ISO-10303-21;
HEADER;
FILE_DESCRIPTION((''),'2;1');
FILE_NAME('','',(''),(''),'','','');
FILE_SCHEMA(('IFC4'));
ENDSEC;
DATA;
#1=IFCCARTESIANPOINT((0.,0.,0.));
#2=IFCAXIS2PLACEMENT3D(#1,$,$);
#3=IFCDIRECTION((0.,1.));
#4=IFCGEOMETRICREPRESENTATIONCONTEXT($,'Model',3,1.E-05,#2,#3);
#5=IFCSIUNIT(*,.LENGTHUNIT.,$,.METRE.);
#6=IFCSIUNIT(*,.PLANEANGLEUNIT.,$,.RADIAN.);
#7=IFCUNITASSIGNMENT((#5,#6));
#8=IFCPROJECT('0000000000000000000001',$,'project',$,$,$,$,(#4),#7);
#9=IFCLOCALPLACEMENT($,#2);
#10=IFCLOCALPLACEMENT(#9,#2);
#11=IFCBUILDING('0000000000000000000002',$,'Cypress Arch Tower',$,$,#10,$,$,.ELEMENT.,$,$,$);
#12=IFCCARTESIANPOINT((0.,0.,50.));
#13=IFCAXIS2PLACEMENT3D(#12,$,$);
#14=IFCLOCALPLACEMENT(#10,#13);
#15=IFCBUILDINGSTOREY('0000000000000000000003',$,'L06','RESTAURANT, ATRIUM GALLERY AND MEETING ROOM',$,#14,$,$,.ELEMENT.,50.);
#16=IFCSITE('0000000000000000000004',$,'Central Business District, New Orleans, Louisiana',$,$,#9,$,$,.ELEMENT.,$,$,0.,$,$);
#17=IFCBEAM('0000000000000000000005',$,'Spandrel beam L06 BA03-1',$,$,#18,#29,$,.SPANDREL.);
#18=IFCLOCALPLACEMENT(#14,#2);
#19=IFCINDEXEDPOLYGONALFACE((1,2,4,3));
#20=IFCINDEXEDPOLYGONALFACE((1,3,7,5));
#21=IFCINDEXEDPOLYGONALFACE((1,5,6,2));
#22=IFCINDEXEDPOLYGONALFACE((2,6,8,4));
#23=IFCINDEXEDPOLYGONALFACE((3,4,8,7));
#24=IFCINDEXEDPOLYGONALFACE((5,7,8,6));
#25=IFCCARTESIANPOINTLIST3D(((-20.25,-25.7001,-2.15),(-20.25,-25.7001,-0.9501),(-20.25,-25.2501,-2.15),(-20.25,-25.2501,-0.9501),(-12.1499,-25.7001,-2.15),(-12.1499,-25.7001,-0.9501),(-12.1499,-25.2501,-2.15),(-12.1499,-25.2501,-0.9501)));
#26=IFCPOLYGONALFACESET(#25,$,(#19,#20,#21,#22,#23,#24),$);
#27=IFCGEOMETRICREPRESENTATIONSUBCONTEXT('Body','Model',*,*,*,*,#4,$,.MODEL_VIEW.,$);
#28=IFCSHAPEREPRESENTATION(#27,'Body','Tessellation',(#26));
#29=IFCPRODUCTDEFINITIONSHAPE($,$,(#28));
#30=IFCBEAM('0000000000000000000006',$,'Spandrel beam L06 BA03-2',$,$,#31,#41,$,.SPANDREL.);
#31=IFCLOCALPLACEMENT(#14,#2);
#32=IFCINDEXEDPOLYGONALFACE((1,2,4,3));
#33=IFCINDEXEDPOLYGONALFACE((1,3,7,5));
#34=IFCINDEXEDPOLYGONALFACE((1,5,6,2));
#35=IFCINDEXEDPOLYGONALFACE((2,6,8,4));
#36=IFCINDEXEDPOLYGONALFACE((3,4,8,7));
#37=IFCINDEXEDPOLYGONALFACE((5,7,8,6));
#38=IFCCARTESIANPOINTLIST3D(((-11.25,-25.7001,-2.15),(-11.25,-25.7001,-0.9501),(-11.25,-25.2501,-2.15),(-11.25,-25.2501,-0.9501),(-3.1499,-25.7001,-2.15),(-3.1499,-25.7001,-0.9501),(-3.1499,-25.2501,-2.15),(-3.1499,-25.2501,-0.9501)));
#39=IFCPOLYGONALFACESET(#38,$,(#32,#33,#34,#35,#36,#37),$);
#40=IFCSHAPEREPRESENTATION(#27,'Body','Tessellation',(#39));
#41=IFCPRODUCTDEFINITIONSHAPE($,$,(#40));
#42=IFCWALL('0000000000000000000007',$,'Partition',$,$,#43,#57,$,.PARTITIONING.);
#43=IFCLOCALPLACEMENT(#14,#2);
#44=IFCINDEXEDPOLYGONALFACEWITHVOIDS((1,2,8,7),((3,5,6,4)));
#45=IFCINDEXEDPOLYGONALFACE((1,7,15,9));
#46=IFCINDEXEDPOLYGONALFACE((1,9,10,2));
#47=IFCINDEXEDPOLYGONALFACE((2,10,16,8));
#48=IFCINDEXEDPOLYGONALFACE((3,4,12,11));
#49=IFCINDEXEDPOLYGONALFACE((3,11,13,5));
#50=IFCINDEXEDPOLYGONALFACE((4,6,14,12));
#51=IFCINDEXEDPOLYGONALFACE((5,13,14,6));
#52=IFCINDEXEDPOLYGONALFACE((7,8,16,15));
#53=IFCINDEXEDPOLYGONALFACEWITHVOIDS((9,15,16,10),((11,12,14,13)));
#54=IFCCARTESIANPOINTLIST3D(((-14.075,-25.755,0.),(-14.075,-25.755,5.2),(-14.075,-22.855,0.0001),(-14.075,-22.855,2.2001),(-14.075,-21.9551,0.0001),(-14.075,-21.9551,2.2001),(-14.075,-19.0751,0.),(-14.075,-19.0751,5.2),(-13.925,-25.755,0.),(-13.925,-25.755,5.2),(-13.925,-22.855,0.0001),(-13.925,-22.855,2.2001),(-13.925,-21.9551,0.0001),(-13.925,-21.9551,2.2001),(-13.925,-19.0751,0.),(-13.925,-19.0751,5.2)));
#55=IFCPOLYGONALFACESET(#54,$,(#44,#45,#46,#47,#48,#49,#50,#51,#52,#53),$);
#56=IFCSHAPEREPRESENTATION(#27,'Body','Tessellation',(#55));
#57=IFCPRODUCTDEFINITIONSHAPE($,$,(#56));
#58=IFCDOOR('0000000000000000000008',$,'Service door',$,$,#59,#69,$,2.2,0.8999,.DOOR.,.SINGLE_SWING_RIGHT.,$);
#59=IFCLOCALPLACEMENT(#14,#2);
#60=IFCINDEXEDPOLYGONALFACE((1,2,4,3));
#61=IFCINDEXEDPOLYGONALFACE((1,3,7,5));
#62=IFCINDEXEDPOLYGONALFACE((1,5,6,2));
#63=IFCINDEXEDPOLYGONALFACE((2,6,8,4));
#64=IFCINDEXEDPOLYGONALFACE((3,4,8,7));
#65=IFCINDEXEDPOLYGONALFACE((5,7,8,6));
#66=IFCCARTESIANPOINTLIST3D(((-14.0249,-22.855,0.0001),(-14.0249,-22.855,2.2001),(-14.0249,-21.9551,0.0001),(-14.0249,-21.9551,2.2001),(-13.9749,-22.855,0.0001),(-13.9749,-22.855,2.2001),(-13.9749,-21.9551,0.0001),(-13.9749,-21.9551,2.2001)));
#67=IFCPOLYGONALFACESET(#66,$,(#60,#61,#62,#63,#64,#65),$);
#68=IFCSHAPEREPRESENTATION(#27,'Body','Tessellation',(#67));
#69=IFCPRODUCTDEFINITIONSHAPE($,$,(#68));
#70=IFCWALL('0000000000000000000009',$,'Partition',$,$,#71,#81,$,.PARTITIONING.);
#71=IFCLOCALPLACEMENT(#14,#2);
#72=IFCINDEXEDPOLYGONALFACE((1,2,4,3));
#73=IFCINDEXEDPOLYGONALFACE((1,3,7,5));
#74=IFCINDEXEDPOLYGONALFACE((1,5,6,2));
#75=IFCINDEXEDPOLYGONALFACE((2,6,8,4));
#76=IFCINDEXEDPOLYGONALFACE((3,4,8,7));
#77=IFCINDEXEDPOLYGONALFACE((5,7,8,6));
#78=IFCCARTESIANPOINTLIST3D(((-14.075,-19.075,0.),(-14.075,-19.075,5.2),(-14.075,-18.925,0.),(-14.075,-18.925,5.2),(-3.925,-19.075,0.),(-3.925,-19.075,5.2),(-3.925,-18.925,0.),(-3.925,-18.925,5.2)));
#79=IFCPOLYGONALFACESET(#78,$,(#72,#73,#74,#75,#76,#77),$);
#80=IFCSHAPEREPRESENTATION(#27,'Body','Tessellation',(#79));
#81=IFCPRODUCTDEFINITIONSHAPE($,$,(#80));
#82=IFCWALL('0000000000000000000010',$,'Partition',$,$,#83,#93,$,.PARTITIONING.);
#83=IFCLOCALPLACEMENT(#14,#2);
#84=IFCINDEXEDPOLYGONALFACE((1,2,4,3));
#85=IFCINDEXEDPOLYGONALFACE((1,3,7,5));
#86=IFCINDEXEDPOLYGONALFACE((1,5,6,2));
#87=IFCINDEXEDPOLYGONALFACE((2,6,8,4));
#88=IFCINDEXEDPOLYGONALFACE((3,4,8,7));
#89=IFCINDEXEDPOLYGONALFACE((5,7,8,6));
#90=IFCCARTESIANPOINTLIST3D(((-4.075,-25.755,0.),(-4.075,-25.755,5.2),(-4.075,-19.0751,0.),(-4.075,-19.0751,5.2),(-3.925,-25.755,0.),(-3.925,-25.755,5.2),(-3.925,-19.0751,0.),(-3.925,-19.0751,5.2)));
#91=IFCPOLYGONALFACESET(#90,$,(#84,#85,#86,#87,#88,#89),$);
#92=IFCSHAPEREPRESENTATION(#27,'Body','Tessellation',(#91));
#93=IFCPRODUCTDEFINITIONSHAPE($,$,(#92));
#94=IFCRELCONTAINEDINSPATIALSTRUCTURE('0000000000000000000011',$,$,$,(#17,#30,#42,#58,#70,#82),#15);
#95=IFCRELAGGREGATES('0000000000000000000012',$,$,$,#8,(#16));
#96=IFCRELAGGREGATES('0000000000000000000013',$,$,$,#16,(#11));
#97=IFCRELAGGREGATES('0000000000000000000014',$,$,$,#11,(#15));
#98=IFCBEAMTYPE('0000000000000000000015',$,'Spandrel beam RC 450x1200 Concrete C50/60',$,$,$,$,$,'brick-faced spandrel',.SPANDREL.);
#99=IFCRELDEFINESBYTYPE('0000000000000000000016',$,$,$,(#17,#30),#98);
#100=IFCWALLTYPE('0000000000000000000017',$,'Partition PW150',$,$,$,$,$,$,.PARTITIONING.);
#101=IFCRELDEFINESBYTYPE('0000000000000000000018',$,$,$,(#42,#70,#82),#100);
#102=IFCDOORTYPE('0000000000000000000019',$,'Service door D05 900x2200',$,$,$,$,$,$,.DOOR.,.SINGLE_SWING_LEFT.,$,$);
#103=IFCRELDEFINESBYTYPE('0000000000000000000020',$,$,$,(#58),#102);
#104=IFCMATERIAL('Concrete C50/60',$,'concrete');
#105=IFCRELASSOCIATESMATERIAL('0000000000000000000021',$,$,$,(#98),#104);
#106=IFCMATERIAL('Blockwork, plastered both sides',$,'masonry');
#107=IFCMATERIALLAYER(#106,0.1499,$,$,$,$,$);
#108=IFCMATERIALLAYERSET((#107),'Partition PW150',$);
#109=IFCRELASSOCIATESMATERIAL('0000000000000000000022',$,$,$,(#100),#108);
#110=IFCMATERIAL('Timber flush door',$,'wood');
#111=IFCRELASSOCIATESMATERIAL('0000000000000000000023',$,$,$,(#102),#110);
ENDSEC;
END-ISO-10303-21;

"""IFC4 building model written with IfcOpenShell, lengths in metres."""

from ifc_helpers import new_model, si_unit, direction, frame, frame_2d, origin, origin_2d, place, context, subcontext, project, spatial, rectangle, extrude, material, layer, layer_set, material_profile, profile_set, type_object, element, fill, save


model = new_model("IFC4")

# Units and contexts
model_context = context("Model", 3, precision=1e-05, world=origin(), true_north=direction((0.0, 1.0)))
body_context = subcontext(model_context, "Body", "Model", "MODEL_VIEW")
ifc_project = project(units=[si_unit("LENGTHUNIT", "METRE"), si_unit("PLANEANGLEUNIT", "RADIAN")], contexts=[model_context])

# Site, building, storey
site_placement = place(None, origin())
site = spatial("IfcSite", under=ifc_project, at=site_placement, Name="Central Business District, New Orleans, Louisiana", CompositionType="ELEMENT", RefElevation=0.0)
building_placement = place(site_placement, origin())
building = spatial("IfcBuilding", under=site, at=building_placement, Name="Cypress Arch Tower", CompositionType="ELEMENT")
storey_placement = place(building_placement, frame((0.0, 0.0, 50.0)))
storey = spatial("IfcBuildingStorey", under=building, at=storey_placement, Name="L06", Description="RESTAURANT, ATRIUM GALLERY AND MEETING ROOM", CompositionType="ELEMENT", Elevation=50.0)

# Beams
ifc_material_1 = material(Name="Concrete C50/60", Category="concrete")
ifc_material_profile_1 = material_profile(ifc_material_1, rectangle(XDim=0.45, YDim=1.2, at=origin_2d()), Name="RC 450x1200")
ifc_profile_set_1 = profile_set([ifc_material_profile_1], Name="Concrete C50/60")
beam_type_1 = type_object("IfcBeamType", Name="Spandrel beam RC 450x1200 Concrete C50/60", ElementType="brick-faced spandrel", PredefinedType="SPANDREL", material=ifc_profile_set_1)
for number, where, z_axis, x_axis, name in (
    (1, (-20.25, -25.4751, -1.55), (1.0, 0.0, 0.0), (0.0, 1.0, 0.0), "Spandrel beam L06 BA03-1"),
    (2, (-11.25, -25.4751, -1.55), (1.0, 0.0, 0.0), (0.0, 1.0, 0.0), "Spandrel beam L06 BA03-2"),
):
    element("IfcBeam", number, at=place(storey_placement, frame(where, z_axis=z_axis, x_axis=x_axis)), inside=storey, type_object=beam_type_1, Name=name, PredefinedType="SPANDREL", context=body_context, shape_type="SweptSolid", body=[
        extrude(rectangle(XDim=0.45, YDim=1.2, at=origin_2d()), origin(), (0.0, 0.0, 1.0), 8.1001),
    ])

# Wall, opening, door
ifc_material_2 = material(Name="Blockwork, plastered both sides", Category="masonry")
ifc_layer = layer(ifc_material_2, 0.1499)
ifc_layer_set = layer_set([ifc_layer], Name="Partition PW150")
wall_type = type_object("IfcWallType", Name="Partition PW150", PredefinedType="PARTITIONING", material=ifc_layer_set)
wall_1_placement = place(storey_placement, frame((-14.0, -25.7549, 0.0), z_axis=(0.0, 0.0, 1.0), x_axis=(0.0, 1.0, 0.0)))
wall_1 = element("IfcWall", 3, at=wall_1_placement, inside=storey, type_object=wall_type, Name="Partition", PredefinedType="PARTITIONING", context=body_context, shape_type="SweptSolid", body=[
    extrude(rectangle(XDim=6.6799, YDim=0.1499, at=frame_2d((3.3398, 0.0))), origin(), (0.0, 0.0, 1.0), 5.2),
])
opening_placement = place(wall_1_placement, frame((2.8999, 0.0, 0.0)))
opening = element("IfcOpeningElement", 4, at=opening_placement, cuts=wall_1, PredefinedType="OPENING", context=body_context, shape_type="SweptSolid", body=[
    extrude(rectangle(XDim=0.8999, YDim=2.2, at=frame_2d((0.45, 1.1001))), frame((0.0, 0.085, 0.0), z_axis=(0.0, -1.0, 0.0), x_axis=(1.0, 0.0, 0.0)), (0.0, 0.0, 1.0), 0.1699),
])
ifc_material_3 = material(Name="Timber flush door", Category="wood")
door_type = type_object("IfcDoorType", Name="Service door D05 900x2200", OperationType="SINGLE_SWING_LEFT", PredefinedType="DOOR", material=ifc_material_3)
door_placement = place(opening_placement, origin())
door = element("IfcDoor", 5, at=door_placement, inside=storey, type_object=door_type, Name="Service door", OperationType="SINGLE_SWING_RIGHT", OverallHeight=2.2, OverallWidth=0.8999, PredefinedType="DOOR", context=body_context, shape_type="SweptSolid", body=[
    extrude(rectangle(XDim=0.8999, YDim=2.2, at=frame_2d((0.45, 1.1001))), frame((0.0, 0.0249, 0.0), z_axis=(0.0, -1.0, 0.0), x_axis=(1.0, 0.0, 0.0)), (0.0, 0.0, 1.0), 0.05),
])
fill(opening, door)

# Walls
wall_2_placement = place(storey_placement, frame((-14.075, -19.0, 0.0), z_axis=(0.0, 0.0, 1.0), x_axis=(1.0, 0.0, 0.0)))
element("IfcWall", 6, at=wall_2_placement, inside=storey, type_object=wall_type, Name="Partition", PredefinedType="PARTITIONING", context=body_context, shape_type="SweptSolid", body=[
    extrude(rectangle(XDim=10.1499, YDim=0.1499, at=frame_2d((5.075, 0.0))), origin(), (0.0, 0.0, 1.0), 5.2),
])
wall_3_placement = place(storey_placement, frame((-4.0, -25.7549, 0.0), z_axis=(0.0, 0.0, 1.0), x_axis=(0.0, 1.0, 0.0)))
element("IfcWall", 7, at=wall_3_placement, inside=storey, type_object=wall_type, Name="Partition", PredefinedType="PARTITIONING", context=body_context, shape_type="SweptSolid", body=[
    extrude(rectangle(XDim=6.6799, YDim=0.1499, at=frame_2d((3.3398, 0.0))), origin(), (0.0, 0.0, 1.0), 5.2),
])

save(model, "model.ifc")
